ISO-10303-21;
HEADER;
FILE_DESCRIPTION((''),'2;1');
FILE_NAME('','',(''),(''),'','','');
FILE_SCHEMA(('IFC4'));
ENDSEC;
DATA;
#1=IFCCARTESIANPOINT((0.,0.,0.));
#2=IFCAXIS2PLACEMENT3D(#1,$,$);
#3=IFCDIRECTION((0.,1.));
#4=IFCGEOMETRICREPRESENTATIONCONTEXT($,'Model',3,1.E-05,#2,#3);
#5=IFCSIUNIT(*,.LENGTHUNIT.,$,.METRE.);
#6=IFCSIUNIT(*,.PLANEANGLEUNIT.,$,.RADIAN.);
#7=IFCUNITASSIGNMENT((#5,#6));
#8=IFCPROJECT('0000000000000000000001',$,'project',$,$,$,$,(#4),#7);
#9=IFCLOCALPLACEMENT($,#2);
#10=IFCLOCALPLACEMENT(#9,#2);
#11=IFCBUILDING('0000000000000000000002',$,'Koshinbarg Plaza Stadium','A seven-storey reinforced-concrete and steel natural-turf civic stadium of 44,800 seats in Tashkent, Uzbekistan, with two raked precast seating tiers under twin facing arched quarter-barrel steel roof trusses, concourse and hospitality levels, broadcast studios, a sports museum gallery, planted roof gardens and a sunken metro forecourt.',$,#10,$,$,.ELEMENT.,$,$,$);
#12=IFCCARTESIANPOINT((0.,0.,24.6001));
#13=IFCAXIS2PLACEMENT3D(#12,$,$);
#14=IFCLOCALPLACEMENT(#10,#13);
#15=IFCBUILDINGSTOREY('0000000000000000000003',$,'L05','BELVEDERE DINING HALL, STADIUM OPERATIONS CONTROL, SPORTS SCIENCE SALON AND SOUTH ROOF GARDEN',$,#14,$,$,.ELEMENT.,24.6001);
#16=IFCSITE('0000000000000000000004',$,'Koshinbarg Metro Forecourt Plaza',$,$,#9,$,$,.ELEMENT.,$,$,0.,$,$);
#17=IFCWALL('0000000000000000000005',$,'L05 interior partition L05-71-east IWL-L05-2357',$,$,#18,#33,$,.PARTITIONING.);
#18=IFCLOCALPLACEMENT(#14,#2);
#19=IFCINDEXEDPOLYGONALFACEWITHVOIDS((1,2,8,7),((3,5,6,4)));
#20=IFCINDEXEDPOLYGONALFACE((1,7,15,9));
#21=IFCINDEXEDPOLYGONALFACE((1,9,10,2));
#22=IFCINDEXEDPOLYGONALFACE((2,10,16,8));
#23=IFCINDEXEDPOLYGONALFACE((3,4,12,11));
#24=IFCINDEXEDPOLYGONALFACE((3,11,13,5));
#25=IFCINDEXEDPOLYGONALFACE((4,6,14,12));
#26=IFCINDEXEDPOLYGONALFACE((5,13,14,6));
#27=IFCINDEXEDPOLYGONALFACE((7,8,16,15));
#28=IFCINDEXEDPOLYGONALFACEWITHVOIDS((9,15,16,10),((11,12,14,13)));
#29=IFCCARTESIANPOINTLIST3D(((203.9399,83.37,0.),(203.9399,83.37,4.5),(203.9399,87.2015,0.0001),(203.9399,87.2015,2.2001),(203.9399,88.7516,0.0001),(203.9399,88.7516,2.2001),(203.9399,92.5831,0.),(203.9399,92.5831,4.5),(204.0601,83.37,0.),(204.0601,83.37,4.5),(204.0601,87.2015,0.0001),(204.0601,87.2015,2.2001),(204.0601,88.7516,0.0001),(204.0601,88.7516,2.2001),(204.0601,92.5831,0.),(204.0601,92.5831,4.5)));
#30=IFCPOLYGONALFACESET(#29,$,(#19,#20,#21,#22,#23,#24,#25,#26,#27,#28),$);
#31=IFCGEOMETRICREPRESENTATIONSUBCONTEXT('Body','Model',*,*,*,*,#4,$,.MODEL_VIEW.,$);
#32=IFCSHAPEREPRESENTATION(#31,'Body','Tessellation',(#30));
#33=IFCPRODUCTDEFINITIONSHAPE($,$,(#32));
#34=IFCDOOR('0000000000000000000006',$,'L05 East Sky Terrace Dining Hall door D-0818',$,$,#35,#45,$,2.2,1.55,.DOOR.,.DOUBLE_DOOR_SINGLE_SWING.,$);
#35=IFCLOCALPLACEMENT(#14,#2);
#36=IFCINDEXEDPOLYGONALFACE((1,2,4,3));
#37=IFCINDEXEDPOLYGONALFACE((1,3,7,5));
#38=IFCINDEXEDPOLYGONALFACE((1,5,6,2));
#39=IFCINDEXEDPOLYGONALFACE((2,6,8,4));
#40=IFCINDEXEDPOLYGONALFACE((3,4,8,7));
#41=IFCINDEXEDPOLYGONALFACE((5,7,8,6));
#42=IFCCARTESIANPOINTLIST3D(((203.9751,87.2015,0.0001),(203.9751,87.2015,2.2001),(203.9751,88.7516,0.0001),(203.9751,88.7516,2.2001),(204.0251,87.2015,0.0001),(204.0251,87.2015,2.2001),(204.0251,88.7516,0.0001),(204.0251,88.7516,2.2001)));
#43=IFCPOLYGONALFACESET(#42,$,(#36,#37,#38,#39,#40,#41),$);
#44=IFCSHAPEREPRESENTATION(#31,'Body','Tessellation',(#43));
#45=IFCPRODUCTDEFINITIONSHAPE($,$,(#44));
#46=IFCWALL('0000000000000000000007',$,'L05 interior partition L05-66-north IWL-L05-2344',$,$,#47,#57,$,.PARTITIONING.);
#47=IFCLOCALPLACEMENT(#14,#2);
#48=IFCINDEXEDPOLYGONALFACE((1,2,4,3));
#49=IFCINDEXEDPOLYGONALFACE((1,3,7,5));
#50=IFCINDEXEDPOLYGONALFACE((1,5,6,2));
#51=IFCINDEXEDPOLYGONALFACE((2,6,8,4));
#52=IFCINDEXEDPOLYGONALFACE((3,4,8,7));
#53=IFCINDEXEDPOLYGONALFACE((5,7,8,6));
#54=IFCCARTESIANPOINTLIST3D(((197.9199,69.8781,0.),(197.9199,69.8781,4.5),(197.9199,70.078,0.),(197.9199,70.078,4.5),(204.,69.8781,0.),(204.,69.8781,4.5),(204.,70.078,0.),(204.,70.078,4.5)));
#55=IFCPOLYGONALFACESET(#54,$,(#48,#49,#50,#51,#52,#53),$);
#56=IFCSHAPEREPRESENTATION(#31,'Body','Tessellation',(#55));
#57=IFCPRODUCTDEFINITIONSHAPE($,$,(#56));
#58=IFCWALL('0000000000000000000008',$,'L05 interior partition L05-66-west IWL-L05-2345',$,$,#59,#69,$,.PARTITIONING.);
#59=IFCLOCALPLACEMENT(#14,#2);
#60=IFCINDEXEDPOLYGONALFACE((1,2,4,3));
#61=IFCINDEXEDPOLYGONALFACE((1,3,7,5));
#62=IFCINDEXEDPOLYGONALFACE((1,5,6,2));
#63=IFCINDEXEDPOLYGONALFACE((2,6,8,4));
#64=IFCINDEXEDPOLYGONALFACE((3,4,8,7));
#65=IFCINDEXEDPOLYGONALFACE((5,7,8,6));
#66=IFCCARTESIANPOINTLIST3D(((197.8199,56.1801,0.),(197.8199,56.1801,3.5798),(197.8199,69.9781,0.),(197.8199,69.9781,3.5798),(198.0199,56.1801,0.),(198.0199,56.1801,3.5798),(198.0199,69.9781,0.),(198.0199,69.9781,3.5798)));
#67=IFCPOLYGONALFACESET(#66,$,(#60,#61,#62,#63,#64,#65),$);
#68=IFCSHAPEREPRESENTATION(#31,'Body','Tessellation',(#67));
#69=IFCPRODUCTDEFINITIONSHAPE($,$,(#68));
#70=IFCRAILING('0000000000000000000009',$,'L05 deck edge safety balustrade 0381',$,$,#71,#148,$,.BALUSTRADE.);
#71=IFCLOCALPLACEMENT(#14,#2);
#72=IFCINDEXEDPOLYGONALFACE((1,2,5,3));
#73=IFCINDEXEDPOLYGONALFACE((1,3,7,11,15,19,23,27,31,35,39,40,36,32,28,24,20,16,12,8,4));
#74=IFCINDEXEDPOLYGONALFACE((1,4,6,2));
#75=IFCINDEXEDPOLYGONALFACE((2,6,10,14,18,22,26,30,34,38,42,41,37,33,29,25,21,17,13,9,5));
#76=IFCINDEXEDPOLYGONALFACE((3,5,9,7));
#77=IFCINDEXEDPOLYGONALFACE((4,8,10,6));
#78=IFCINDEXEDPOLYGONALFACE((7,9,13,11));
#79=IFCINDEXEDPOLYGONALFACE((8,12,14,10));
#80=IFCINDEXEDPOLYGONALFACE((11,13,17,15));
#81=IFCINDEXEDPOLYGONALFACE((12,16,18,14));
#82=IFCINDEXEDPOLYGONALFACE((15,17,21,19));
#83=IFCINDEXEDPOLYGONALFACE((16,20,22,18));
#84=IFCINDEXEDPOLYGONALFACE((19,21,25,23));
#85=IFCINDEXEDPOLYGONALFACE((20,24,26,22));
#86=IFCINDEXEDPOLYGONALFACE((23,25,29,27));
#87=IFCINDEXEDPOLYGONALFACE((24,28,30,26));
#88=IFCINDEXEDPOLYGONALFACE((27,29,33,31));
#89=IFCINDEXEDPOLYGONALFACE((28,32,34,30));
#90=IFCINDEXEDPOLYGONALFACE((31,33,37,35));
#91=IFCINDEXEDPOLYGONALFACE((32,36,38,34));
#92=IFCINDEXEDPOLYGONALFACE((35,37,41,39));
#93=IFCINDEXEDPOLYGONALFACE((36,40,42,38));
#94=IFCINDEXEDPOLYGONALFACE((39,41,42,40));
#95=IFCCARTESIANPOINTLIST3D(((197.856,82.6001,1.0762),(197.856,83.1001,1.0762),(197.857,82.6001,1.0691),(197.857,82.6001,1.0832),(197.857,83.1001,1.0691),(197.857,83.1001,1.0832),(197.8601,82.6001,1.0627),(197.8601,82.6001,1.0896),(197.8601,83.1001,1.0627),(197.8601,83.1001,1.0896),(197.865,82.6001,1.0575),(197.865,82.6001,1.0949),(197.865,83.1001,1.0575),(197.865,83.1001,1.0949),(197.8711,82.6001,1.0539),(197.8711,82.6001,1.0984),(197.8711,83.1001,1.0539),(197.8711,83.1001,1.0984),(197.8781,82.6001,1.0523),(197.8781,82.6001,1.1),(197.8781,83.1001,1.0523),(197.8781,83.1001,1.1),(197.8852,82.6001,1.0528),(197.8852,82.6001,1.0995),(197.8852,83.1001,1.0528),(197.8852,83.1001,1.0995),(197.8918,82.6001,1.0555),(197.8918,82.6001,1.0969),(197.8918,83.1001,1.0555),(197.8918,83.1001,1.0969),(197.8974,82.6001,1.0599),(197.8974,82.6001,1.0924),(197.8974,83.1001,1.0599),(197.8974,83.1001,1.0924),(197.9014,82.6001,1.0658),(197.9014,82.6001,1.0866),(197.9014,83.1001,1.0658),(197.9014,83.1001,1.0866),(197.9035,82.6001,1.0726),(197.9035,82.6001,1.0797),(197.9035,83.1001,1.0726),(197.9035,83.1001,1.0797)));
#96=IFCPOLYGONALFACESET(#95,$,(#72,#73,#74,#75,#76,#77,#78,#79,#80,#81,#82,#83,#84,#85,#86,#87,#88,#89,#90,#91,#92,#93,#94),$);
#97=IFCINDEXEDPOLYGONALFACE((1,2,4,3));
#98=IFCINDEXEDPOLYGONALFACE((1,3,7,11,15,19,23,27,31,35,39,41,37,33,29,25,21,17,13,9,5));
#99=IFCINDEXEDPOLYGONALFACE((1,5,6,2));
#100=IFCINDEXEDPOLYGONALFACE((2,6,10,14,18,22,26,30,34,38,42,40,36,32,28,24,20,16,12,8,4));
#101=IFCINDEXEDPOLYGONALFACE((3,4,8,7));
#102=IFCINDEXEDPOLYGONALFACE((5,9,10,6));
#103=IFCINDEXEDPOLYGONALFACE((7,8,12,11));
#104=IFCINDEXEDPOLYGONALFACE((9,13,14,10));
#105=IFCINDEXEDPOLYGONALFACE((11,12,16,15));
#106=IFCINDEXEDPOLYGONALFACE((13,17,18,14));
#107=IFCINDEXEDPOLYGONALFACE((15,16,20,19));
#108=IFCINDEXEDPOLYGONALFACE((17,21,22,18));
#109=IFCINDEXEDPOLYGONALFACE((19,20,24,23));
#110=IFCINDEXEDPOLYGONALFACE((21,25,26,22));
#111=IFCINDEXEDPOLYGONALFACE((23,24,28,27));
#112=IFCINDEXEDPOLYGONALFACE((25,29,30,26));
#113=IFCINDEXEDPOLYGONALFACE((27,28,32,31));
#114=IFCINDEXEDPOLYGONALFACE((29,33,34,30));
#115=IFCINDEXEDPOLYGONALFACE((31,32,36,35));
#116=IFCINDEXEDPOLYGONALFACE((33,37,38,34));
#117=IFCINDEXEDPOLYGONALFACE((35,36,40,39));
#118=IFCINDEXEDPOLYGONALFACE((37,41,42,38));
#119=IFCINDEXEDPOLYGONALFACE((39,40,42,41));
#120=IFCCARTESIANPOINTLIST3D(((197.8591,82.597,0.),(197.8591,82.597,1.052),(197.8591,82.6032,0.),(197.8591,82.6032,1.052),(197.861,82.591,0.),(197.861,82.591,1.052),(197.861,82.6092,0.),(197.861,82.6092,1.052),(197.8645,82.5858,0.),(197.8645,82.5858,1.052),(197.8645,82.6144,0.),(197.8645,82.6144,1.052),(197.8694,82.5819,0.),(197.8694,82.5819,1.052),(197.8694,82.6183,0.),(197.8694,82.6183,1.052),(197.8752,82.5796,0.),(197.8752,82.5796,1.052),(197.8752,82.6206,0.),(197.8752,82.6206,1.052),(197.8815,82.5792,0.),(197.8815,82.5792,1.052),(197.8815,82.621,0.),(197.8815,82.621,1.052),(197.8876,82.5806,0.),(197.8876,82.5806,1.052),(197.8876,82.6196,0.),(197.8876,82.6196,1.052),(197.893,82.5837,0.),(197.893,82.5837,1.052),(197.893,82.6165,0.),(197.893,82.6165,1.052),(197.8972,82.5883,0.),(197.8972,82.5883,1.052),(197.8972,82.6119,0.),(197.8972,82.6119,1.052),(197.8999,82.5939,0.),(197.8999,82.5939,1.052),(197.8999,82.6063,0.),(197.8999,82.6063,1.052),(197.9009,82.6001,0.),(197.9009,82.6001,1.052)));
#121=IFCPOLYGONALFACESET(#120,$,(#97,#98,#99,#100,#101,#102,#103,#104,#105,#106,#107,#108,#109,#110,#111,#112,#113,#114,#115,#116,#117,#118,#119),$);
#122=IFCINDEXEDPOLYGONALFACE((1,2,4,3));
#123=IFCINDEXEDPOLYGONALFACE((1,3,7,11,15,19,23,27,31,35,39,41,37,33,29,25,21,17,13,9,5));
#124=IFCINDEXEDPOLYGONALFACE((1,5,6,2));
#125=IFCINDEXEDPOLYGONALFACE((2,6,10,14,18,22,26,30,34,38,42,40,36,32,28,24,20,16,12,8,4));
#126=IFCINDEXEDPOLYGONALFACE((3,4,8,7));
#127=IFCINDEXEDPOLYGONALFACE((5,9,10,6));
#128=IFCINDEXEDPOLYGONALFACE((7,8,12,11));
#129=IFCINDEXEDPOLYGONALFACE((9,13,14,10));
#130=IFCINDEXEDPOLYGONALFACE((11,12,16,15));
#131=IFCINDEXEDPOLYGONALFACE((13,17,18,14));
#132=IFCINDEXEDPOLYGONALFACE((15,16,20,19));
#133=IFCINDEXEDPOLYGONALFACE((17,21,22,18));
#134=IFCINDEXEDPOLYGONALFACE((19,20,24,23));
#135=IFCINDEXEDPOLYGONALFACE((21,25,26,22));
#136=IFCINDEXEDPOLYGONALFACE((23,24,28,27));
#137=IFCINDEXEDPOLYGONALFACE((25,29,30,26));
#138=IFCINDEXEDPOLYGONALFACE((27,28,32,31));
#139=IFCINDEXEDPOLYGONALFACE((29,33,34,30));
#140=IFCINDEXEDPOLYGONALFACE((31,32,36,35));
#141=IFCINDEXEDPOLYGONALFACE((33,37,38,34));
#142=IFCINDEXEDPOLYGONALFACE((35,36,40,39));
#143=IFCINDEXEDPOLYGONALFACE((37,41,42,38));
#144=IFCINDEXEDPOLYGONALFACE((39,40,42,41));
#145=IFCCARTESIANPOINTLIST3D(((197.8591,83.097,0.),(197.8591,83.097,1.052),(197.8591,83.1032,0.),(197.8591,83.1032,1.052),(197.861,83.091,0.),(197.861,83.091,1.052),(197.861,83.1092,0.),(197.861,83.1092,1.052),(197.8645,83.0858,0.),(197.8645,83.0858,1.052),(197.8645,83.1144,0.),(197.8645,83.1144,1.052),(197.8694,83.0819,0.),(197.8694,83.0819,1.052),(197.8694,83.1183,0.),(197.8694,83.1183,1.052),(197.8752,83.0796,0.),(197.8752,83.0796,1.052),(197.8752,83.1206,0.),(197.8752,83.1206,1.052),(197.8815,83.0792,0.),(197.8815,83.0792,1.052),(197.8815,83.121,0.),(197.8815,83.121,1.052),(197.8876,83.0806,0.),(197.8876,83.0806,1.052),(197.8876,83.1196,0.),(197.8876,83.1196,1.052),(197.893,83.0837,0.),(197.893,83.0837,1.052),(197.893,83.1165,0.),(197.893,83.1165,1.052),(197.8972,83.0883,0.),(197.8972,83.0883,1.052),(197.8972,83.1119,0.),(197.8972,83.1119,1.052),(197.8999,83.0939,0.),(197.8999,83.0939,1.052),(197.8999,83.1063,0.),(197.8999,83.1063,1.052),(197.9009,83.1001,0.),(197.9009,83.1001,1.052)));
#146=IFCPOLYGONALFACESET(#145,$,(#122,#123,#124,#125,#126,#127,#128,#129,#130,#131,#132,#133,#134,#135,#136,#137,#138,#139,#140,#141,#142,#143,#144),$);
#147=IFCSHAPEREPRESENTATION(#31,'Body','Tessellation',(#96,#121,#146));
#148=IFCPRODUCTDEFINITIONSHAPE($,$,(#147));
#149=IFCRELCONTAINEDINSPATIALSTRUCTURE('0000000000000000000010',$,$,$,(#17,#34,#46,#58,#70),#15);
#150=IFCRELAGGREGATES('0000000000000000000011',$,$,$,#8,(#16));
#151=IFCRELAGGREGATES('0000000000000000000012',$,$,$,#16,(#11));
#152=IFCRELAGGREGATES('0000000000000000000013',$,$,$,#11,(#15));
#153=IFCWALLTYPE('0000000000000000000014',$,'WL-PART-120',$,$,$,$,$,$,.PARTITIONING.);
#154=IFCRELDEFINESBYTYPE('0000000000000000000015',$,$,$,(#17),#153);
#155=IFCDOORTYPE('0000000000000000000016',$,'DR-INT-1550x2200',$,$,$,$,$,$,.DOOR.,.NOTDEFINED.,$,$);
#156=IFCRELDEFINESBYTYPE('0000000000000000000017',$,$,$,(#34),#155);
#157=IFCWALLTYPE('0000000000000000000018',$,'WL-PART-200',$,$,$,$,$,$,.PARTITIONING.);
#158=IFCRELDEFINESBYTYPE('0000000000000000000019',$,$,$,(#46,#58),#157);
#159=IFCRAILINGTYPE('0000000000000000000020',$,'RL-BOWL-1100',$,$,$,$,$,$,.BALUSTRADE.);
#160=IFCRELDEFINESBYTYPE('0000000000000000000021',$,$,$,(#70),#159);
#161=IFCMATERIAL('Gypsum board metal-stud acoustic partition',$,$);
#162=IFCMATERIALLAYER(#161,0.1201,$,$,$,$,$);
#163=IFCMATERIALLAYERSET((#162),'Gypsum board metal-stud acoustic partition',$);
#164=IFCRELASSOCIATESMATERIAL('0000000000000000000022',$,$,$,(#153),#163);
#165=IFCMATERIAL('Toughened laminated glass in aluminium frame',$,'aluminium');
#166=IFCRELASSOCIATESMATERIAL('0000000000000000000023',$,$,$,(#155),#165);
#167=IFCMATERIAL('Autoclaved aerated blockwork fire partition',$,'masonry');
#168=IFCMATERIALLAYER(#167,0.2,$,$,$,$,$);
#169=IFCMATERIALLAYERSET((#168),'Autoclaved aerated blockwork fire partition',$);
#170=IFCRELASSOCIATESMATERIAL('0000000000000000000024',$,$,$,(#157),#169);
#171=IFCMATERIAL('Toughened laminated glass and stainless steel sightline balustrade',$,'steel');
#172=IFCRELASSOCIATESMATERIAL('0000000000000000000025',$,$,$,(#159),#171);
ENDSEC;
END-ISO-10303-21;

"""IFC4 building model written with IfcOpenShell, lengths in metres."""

from ifc_helpers import new_model, si_unit, direction, frame, frame_2d, origin, origin_2d, place, context, subcontext, project, spatial, rectangle, circle, extrude, material, layer, layer_set, type_object, element, fill, save


model = new_model("IFC4")

# Units and contexts
model_context = context("Model", 3, precision=1e-05, world=origin(), true_north=direction((0.0, 1.0)))
body_context = subcontext(model_context, "Body", "Model", "MODEL_VIEW")
ifc_project = project(units=[si_unit("LENGTHUNIT", "METRE"), si_unit("PLANEANGLEUNIT", "RADIAN")], contexts=[model_context])

# Site, building, storey
site_placement = place(None, origin())
site = spatial("IfcSite", under=ifc_project, at=site_placement, Name="Koshinbarg Metro Forecourt Plaza", CompositionType="ELEMENT", RefElevation=0.0)
building_placement = place(site_placement, origin())
building = spatial("IfcBuilding", under=site, at=building_placement, Name="Koshinbarg Plaza Stadium", Description="A seven-storey reinforced-concrete and steel natural-turf civic stadium of 44,800 seats in Tashkent, Uzbekistan, with two raked precast seating tiers under twin facing arched quarter-barrel steel roof trusses, concourse and hospitality levels, broadcast studios, a sports museum gallery, planted roof gardens and a sunken metro forecourt.", CompositionType="ELEMENT")
storey_placement = place(building_placement, frame((0.0, 0.0, 24.6001)))
storey = spatial("IfcBuildingStorey", under=building, at=storey_placement, Name="L05", Description="BELVEDERE DINING HALL, STADIUM OPERATIONS CONTROL, SPORTS SCIENCE SALON AND SOUTH ROOF GARDEN", CompositionType="ELEMENT", Elevation=24.6001)

# Shared definitions
ifc_material_1 = material(Name="Gypsum board metal-stud acoustic partition")
ifc_layer_1 = layer(ifc_material_1, 0.1201)
ifc_layer_set_1 = layer_set([ifc_layer_1], Name="Gypsum board metal-stud acoustic partition")
wall_type_1 = type_object("IfcWallType", Name="WL-PART-120", PredefinedType="PARTITIONING", material=ifc_layer_set_1)

# Wall, opening, door
wall_1_placement = place(storey_placement, frame((204.0, 83.3701, 0.0), z_axis=(0.0, 0.0, 1.0), x_axis=(0.0, 1.0, 0.0)))
wall_1 = element("IfcWall", 1, at=wall_1_placement, inside=storey, type_object=wall_type_1, Name="L05 interior partition L05-71-east IWL-L05-2357", PredefinedType="PARTITIONING", context=body_context, shape_type="SweptSolid", body=[
    extrude(rectangle(XDim=9.2131, YDim=0.1201, at=frame_2d((4.6064, 0.0))), origin(), (0.0, 0.0, 1.0), 4.5),
])
opening_1_placement = place(wall_1_placement, frame((3.8315, 0.0, 0.0)))
opening_1 = element("IfcOpeningElement", 2, at=opening_1_placement, cuts=wall_1, PredefinedType="OPENING", context=body_context, shape_type="SweptSolid", body=[
    extrude(rectangle(XDim=1.55, YDim=2.2, at=frame_2d((0.7749, 1.1001))), frame((0.0, 0.0701, 0.0), z_axis=(0.0, -1.0, 0.0), x_axis=(1.0, 0.0, 0.0)), (0.0, 0.0, 1.0), 0.1401),
])
ifc_material_2 = material(Name="Toughened laminated glass in aluminium frame", Category="aluminium")
door_type_1 = type_object("IfcDoorType", Name="DR-INT-1550x2200", OperationType="NOTDEFINED", PredefinedType="DOOR", material=ifc_material_2)
door_1_placement = place(opening_1_placement, origin())
door_1 = element("IfcDoor", 3, at=door_1_placement, inside=storey, type_object=door_type_1, Name="L05 East Sky Terrace Dining Hall door D-0818", OperationType="DOUBLE_DOOR_SINGLE_SWING", OverallHeight=2.2, OverallWidth=1.55, PredefinedType="DOOR", context=body_context, shape_type="SweptSolid", body=[
    extrude(rectangle(XDim=1.55, YDim=2.2, at=frame_2d((0.7749, 1.1001))), frame((0.0, 0.0249, 0.0), z_axis=(0.0, -1.0, 0.0), x_axis=(1.0, 0.0, 0.0)), (0.0, 0.0, 1.0), 0.05),
])
fill(opening_1, door_1)

# Walls
ifc_material_3 = material(Name="Autoclaved aerated blockwork fire partition", Category="masonry")
ifc_layer_2 = layer(ifc_material_3, 0.2)
ifc_layer_set_2 = layer_set([ifc_layer_2], Name="Autoclaved aerated blockwork fire partition")
wall_type_2 = type_object("IfcWallType", Name="WL-PART-200", PredefinedType="PARTITIONING", material=ifc_layer_set_2)
wall_2_placement = place(storey_placement, frame((204.0, 69.978, 0.0), z_axis=(0.0, 0.0, 1.0), x_axis=(-1.0, 0.0, 0.0)))
element("IfcWall", 4, at=wall_2_placement, inside=storey, type_object=wall_type_2, Name="L05 interior partition L05-66-north IWL-L05-2344", PredefinedType="PARTITIONING", context=body_context, shape_type="SweptSolid", body=[
    extrude(rectangle(XDim=6.0801, YDim=0.2, at=frame_2d((3.04, 0.0))), origin(), (0.0, 0.0, 1.0), 4.5),
])
wall_3_placement = place(storey_placement, frame((197.9199, 69.978, 0.0), z_axis=(0.0, 0.0, 1.0), x_axis=(0.0, -1.0, 0.0)))
element("IfcWall", 5, at=wall_3_placement, inside=storey, type_object=wall_type_2, Name="L05 interior partition L05-66-west IWL-L05-2345", PredefinedType="PARTITIONING", context=body_context, shape_type="SweptSolid", body=[
    extrude(rectangle(XDim=13.7981, YDim=0.2, at=frame_2d((6.8989, 0.0))), origin(), (0.0, 0.0, 1.0), 3.5798),
])

# Railing
ifc_material_4 = material(Name="Toughened laminated glass and stainless steel sightline balustrade", Category="steel")
railing_type = type_object("IfcRailingType", Name="RL-BOWL-1100", PredefinedType="BALUSTRADE", material=ifc_material_4)
railing_1_placement = place(storey_placement, frame((197.8799, 82.6001, 0.0)))
element("IfcRailing", 6, at=railing_1_placement, inside=storey, type_object=railing_type, Name="L05 deck edge safety balustrade 0381", PredefinedType="BALUSTRADE", context=body_context, shape_type="SweptSolid", body=[
    extrude(circle(Radius=0.0239, at=origin_2d()), frame((0.0, 0.0, 1.0762), z_axis=(0.0, 1.0, 0.0), x_axis=(-1.0, 0.0, 0.0)), (0.0, 0.0, 1.0), 0.5),
    extrude(circle(Radius=0.021, at=origin_2d()), origin(), (0.0, 0.0, 1.0), 1.052),
    extrude(circle(Radius=0.021, at=origin_2d()), frame((0.0, 0.5, 0.0)), (0.0, 0.0, 1.0), 1.052),
])

save(model, "model.ifc")
